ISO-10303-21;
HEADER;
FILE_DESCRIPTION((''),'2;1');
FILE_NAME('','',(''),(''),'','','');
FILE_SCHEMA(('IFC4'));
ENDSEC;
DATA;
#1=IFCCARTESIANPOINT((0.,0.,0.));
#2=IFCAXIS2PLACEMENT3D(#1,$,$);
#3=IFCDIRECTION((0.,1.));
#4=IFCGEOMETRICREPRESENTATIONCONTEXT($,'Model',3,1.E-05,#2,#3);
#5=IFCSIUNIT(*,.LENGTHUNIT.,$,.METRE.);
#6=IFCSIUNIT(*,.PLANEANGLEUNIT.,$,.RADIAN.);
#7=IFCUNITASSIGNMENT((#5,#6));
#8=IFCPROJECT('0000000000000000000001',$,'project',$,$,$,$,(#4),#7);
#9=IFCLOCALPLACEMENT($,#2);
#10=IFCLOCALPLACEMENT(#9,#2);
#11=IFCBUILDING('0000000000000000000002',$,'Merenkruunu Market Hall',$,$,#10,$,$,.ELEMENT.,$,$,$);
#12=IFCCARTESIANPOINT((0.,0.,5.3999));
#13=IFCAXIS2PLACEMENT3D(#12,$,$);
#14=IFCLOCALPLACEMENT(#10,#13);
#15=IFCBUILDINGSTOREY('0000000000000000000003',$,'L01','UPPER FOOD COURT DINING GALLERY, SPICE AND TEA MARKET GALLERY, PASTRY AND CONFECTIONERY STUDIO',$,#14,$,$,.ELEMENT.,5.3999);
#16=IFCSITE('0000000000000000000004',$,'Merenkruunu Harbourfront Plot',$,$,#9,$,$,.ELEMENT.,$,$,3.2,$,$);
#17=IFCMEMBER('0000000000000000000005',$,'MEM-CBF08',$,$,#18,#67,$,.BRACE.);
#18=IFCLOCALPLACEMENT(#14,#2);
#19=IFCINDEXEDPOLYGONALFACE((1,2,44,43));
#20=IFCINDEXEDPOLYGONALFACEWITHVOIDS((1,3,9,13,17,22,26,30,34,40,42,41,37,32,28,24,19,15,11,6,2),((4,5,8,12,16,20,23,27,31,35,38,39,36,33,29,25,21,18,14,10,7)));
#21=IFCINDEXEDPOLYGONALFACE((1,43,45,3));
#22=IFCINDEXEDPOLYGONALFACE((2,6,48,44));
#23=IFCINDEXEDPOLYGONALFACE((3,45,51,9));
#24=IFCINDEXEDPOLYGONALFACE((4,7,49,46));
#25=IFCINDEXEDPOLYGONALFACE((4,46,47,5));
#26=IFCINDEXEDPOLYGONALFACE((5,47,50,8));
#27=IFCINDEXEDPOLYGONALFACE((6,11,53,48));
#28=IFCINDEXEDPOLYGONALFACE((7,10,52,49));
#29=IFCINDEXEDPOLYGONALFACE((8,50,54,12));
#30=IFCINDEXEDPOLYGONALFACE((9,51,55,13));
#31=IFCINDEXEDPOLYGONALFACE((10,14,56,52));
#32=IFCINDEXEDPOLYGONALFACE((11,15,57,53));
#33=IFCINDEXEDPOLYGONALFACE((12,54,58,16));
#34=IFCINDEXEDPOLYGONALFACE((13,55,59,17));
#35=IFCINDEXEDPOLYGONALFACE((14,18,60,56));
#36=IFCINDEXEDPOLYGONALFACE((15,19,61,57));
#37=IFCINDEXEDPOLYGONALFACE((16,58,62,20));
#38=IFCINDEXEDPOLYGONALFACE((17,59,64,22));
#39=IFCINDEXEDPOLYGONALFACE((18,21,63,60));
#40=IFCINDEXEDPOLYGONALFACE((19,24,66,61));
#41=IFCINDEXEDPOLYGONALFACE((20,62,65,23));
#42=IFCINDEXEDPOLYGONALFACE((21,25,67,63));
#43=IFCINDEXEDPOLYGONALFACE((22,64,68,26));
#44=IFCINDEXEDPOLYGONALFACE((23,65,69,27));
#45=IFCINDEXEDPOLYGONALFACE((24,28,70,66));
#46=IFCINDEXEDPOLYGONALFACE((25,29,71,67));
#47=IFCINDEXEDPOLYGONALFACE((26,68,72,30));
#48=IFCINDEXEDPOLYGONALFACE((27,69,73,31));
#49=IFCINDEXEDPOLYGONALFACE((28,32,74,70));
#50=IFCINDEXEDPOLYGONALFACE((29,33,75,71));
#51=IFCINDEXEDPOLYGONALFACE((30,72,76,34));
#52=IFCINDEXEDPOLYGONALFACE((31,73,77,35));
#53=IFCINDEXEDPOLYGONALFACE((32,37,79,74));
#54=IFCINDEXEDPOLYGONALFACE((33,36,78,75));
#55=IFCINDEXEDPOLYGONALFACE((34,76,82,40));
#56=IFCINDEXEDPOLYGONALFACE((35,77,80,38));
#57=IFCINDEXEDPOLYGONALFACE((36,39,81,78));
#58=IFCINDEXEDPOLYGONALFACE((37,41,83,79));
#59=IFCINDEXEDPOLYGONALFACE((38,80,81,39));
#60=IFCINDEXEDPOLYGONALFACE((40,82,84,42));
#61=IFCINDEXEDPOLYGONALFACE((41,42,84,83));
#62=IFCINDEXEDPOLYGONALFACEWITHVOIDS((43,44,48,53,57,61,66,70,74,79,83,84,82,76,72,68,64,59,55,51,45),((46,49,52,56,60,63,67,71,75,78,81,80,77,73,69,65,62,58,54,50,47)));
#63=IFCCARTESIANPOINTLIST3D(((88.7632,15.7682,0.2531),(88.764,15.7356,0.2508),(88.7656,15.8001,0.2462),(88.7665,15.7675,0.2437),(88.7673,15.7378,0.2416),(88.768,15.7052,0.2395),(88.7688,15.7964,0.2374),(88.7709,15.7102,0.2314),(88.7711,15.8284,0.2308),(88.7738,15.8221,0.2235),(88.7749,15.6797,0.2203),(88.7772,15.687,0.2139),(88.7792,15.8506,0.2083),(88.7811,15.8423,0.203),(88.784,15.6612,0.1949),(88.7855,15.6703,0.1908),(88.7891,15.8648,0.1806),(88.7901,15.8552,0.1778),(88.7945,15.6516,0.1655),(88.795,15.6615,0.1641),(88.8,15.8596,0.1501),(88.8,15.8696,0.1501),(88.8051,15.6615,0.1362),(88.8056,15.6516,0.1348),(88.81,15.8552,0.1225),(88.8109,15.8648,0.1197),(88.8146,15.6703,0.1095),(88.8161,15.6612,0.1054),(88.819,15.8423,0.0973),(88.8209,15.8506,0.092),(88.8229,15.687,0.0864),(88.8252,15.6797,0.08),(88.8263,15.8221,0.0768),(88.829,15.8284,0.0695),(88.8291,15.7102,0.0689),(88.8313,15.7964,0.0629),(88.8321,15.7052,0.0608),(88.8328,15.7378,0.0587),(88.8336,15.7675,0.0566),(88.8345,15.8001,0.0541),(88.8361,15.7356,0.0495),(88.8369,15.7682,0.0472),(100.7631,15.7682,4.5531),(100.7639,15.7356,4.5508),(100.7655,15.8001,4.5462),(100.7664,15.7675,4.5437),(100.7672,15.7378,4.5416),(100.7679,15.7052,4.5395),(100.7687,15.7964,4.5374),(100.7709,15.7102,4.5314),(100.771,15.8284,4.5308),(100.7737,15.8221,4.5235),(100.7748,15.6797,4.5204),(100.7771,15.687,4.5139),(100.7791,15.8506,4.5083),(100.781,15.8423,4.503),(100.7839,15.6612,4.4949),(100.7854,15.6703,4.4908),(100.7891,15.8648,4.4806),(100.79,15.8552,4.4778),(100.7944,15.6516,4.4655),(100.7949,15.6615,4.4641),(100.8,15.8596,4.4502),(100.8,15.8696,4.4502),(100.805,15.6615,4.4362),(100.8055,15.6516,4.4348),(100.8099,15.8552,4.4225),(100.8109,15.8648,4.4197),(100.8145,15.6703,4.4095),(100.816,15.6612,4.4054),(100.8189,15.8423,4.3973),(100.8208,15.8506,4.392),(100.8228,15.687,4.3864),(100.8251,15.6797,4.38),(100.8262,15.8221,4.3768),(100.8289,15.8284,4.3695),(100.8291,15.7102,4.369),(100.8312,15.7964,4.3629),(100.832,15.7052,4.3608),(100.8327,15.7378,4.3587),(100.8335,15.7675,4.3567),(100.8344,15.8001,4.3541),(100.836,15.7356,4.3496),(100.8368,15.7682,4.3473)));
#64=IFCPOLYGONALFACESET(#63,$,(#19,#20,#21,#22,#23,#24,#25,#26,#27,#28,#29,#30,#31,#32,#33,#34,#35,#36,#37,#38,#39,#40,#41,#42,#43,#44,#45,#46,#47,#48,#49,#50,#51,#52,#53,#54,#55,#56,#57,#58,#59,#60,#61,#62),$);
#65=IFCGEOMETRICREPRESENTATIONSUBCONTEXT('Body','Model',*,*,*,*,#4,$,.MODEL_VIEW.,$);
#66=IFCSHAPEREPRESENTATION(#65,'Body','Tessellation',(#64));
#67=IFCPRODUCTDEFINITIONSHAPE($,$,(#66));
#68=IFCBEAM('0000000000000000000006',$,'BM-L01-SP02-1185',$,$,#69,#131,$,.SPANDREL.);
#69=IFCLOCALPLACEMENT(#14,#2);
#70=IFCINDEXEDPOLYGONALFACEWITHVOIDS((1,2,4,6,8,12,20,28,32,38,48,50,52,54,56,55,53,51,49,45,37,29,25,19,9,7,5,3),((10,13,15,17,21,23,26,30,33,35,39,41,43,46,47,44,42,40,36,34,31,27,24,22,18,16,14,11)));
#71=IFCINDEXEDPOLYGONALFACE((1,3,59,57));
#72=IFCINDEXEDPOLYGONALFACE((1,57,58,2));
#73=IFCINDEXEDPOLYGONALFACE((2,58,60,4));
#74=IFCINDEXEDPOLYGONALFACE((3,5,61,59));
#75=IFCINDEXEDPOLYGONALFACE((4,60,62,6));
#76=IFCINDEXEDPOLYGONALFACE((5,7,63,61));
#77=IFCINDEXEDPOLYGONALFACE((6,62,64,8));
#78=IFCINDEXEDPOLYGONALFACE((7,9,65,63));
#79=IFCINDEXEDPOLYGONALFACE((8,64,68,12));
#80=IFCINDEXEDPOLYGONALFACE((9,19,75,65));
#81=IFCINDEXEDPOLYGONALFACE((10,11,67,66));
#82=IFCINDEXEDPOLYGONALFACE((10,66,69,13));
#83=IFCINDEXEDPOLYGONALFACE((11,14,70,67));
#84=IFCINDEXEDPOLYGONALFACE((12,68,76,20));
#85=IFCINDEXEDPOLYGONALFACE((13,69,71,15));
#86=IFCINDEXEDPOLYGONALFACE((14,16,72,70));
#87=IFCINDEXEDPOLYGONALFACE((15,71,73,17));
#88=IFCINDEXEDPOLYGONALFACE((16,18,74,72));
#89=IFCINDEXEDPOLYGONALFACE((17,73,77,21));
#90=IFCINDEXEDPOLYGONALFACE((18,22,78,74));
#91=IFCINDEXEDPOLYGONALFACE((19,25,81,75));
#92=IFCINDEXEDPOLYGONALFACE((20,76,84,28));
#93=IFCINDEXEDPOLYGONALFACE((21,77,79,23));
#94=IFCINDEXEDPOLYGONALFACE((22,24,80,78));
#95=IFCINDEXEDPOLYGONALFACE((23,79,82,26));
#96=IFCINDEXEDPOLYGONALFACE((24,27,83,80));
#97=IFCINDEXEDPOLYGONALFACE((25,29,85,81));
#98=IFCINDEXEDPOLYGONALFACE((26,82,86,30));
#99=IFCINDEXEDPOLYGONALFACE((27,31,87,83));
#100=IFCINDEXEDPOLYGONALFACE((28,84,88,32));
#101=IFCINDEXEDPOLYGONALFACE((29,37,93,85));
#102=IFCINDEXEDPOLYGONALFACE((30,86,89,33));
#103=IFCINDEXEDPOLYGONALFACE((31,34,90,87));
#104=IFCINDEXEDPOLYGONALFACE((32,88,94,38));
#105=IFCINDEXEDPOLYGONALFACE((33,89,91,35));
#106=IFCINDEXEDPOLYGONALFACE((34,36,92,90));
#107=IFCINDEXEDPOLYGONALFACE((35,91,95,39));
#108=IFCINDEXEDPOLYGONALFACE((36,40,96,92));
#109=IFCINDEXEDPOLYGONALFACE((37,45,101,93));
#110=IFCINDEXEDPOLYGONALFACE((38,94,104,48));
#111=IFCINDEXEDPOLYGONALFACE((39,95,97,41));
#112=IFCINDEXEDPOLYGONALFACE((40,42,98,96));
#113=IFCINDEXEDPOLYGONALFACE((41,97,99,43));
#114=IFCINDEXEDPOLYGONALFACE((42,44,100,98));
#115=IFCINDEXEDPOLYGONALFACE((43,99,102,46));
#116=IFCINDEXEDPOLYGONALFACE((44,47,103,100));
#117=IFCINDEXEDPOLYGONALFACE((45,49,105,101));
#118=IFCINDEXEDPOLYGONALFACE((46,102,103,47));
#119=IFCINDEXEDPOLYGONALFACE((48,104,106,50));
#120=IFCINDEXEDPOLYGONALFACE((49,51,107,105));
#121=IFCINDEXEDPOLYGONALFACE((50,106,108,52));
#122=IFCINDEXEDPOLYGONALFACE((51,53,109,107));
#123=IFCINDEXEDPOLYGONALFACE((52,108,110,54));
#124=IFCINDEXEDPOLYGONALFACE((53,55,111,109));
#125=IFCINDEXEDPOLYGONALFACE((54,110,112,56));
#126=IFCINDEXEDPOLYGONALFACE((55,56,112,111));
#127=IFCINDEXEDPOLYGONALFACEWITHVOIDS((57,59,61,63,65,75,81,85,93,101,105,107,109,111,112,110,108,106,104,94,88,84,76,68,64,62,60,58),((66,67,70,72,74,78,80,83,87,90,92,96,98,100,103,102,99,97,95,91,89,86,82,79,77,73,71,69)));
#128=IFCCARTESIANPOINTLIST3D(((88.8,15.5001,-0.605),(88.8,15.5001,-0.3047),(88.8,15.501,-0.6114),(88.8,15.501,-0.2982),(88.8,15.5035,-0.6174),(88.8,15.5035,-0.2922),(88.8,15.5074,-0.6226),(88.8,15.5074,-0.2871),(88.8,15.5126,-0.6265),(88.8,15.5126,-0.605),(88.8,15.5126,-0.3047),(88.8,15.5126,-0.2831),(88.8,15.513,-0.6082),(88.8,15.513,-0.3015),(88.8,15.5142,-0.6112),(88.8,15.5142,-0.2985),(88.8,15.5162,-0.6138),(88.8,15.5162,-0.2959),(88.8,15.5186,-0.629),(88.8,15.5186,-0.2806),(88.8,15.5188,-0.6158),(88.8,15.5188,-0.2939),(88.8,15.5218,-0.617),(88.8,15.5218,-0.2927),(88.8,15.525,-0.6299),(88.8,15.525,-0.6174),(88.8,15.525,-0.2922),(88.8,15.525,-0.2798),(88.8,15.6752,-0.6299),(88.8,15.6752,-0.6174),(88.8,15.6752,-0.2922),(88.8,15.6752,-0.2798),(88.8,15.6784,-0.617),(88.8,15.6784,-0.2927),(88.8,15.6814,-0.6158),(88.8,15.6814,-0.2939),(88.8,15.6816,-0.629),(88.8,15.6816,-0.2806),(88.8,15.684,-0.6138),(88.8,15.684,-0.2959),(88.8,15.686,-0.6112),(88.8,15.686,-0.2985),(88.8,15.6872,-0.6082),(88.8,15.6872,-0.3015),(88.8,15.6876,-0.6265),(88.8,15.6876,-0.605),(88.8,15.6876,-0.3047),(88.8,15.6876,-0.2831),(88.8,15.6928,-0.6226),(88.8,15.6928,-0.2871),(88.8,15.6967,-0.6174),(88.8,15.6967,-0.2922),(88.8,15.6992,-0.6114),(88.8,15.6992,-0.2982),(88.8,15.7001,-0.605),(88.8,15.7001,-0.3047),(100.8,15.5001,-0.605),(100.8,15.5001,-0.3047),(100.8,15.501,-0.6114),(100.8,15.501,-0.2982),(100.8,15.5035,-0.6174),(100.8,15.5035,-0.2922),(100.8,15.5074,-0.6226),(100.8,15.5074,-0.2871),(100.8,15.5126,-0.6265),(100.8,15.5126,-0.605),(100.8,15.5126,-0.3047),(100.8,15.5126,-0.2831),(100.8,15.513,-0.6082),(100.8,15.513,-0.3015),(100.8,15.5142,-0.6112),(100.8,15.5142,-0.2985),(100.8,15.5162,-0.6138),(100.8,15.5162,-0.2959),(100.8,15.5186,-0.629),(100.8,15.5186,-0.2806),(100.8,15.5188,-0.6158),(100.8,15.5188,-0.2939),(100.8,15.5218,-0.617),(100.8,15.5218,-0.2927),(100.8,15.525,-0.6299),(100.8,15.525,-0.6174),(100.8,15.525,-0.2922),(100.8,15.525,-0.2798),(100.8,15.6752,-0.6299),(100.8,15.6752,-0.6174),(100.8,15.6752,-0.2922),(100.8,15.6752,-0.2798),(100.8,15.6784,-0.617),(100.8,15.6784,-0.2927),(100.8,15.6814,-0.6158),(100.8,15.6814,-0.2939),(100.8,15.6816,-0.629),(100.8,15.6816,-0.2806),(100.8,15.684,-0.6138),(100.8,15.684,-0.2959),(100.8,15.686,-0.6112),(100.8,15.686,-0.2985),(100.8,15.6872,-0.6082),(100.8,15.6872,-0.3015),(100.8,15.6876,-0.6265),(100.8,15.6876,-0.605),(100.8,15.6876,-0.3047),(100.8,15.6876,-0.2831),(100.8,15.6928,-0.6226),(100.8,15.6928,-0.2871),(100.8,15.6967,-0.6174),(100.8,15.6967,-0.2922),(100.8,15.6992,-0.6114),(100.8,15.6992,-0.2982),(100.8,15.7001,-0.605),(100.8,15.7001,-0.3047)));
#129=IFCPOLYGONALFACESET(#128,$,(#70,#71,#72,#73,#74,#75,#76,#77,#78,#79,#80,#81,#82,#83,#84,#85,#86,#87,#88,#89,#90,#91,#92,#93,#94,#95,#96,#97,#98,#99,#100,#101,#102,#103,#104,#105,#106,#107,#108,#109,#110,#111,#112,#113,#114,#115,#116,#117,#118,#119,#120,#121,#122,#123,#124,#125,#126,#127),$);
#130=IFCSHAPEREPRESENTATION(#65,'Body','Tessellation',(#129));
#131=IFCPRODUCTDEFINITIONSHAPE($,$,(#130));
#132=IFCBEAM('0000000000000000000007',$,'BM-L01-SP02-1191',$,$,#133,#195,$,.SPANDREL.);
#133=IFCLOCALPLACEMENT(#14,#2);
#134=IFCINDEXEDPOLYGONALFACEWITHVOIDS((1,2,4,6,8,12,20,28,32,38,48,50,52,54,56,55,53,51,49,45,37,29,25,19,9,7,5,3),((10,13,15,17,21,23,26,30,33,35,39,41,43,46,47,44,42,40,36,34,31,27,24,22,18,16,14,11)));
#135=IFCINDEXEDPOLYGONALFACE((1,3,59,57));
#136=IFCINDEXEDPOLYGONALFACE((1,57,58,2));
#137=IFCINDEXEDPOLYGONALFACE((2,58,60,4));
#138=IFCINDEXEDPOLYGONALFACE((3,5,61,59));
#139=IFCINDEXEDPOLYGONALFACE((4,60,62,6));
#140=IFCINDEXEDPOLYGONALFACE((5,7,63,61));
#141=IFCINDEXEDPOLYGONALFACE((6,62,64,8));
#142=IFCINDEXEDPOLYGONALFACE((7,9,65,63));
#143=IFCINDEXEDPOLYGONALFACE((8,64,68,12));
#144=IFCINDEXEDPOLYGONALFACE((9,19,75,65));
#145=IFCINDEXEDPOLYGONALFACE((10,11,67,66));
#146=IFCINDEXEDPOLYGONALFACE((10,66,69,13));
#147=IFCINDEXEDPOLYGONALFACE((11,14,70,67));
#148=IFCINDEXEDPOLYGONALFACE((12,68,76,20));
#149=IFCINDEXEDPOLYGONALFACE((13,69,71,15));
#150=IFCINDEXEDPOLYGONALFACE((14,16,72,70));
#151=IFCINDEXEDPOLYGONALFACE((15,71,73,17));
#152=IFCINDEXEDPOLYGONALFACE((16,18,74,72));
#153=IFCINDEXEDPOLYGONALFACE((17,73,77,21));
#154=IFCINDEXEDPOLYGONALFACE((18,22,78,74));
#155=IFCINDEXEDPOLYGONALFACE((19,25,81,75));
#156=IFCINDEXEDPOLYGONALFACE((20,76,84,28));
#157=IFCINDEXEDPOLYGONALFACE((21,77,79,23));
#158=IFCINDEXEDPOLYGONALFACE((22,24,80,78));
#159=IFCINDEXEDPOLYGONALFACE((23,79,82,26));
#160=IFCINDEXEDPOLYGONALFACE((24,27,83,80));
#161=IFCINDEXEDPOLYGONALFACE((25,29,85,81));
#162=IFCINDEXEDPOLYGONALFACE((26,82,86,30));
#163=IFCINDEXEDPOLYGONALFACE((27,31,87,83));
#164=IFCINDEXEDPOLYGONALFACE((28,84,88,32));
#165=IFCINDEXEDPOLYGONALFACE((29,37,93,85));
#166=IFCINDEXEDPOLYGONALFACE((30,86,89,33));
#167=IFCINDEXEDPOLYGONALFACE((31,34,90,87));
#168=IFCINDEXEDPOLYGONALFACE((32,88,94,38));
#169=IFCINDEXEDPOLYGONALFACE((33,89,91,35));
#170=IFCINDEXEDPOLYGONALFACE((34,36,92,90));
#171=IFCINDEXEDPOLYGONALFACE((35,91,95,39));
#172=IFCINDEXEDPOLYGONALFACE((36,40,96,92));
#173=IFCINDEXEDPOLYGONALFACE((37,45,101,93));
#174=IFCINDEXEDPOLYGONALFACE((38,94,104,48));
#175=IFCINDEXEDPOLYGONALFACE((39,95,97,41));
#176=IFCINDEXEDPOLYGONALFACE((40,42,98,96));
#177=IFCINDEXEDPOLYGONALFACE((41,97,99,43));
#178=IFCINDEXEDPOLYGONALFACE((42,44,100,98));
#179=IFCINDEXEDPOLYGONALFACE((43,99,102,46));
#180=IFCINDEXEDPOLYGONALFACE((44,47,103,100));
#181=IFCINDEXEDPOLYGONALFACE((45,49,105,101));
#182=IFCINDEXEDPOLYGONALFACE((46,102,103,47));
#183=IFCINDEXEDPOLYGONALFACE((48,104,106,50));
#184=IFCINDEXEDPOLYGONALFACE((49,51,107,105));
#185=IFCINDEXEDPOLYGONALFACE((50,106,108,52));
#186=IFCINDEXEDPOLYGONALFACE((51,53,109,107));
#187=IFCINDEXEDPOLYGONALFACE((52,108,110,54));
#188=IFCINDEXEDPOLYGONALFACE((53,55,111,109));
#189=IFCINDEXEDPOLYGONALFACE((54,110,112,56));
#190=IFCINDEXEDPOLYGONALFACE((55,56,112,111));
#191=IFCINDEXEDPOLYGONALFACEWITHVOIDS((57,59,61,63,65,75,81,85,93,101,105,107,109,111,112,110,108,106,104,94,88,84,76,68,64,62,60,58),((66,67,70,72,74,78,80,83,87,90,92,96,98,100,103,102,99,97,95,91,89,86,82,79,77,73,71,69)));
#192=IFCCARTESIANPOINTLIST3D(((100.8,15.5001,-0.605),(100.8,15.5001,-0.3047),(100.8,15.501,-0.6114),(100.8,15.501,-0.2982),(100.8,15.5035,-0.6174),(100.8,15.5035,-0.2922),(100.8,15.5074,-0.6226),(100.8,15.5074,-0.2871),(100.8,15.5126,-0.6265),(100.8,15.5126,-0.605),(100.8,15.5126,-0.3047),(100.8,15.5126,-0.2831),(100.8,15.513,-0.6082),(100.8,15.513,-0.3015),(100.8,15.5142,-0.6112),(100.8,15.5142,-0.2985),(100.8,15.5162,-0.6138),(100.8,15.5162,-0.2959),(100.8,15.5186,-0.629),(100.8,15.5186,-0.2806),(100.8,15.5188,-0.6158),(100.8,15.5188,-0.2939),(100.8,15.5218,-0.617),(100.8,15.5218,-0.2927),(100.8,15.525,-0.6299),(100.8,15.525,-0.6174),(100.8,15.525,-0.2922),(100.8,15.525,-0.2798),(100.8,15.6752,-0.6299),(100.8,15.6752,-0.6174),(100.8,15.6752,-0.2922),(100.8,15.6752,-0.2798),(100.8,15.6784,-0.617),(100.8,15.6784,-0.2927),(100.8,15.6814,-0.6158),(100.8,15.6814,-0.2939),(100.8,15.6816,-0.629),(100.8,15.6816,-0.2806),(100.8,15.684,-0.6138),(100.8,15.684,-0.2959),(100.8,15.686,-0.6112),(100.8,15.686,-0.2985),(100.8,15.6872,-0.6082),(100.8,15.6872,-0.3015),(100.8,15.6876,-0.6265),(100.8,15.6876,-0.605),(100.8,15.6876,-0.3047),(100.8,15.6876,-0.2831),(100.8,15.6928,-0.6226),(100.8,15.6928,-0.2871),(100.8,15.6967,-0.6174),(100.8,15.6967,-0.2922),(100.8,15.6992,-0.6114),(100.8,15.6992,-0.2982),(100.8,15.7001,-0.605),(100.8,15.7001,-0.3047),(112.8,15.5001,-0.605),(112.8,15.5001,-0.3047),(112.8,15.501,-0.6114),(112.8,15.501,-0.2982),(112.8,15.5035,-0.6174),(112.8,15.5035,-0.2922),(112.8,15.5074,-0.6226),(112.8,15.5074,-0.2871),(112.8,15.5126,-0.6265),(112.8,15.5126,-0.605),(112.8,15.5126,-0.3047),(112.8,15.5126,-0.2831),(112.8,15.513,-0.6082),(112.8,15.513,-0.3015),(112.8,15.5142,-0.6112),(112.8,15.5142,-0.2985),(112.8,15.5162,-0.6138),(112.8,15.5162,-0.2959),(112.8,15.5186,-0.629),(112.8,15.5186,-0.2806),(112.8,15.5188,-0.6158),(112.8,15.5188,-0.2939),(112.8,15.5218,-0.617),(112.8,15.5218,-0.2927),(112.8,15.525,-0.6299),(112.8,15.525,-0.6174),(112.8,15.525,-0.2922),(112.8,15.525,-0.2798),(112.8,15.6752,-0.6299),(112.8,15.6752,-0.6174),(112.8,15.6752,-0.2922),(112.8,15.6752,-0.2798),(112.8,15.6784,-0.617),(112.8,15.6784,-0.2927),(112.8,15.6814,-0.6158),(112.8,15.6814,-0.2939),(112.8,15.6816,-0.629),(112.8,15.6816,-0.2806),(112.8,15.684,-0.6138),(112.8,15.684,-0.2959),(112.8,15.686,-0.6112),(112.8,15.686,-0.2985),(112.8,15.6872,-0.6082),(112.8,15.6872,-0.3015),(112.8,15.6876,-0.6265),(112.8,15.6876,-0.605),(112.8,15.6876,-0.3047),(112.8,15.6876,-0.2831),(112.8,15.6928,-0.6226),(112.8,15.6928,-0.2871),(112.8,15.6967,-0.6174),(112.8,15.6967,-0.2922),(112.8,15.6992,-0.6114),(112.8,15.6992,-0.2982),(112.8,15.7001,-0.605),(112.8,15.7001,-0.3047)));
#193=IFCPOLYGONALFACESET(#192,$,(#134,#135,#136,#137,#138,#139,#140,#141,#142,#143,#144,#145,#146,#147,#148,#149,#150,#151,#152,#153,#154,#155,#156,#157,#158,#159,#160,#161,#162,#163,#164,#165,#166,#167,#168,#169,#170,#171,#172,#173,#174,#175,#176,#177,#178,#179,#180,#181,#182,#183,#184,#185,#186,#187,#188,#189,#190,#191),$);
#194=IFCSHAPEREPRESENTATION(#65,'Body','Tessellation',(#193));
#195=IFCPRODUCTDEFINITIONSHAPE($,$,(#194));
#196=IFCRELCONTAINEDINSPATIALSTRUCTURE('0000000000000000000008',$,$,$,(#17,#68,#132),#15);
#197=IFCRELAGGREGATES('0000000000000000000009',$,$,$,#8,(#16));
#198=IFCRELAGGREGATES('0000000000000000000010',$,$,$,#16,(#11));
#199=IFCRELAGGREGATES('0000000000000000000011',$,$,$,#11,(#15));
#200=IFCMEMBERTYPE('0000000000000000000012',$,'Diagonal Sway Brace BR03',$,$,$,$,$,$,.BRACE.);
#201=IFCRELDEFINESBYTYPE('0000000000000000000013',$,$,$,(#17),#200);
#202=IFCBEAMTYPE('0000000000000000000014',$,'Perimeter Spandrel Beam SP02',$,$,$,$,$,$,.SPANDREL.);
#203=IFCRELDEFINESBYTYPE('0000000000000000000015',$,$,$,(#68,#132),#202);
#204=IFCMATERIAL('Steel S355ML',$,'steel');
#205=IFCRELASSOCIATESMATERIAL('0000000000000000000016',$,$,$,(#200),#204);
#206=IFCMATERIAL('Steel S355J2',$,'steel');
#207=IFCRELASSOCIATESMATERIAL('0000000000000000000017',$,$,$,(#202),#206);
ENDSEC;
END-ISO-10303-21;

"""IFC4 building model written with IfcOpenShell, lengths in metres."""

from ifc_helpers import new_model, si_unit, direction, frame, origin, origin_2d, place, context, subcontext, project, spatial, hollow_rectangle, hollow_circle, extrude, material, material_profile, profile_set, type_object, element, save


model = new_model("IFC4")

# Units and contexts
model_context = context("Model", 3, precision=1e-05, world=origin(), true_north=direction((0.0, 1.0)))
body_context = subcontext(model_context, "Body", "Model", "MODEL_VIEW")
ifc_project = project(units=[si_unit("LENGTHUNIT", "METRE"), si_unit("PLANEANGLEUNIT", "RADIAN")], contexts=[model_context])

# Site, building, storey
site_placement = place(None, origin())
site = spatial("IfcSite", under=ifc_project, at=site_placement, Name="Merenkruunu Harbourfront Plot", CompositionType="ELEMENT", RefElevation=3.2)
building_placement = place(site_placement, origin())
building = spatial("IfcBuilding", under=site, at=building_placement, Name="Merenkruunu Market Hall", CompositionType="ELEMENT")
storey_placement = place(building_placement, frame((0.0, 0.0, 5.3999)))
storey = spatial("IfcBuildingStorey", under=building, at=storey_placement, Name="L01", Description="UPPER FOOD COURT DINING GALLERY, SPICE AND TEA MARKET GALLERY, PASTRY AND CONFECTIONERY STUDIO", CompositionType="ELEMENT", Elevation=5.3999)

# Shared definitions
ifc_material_1 = material(Name="Steel S355J2", Category="steel")

# Member
ifc_material_2 = material(Name="Steel S355ML", Category="steel")
ifc_material_profile_1 = material_profile(ifc_material_2, hollow_circle(Radius=0.1096, WallThickness=0.01, at=origin_2d()), Name="CHS 219.1x10")
ifc_profile_set_1 = profile_set([ifc_material_profile_1], Name="Steel S355ML")
member_type_1 = type_object("IfcMemberType", Name="Diagonal Sway Brace BR03", PredefinedType="BRACE", material=ifc_profile_set_1)
member_1_placement = place(storey_placement, frame((88.8, 15.76, 0.1501), z_axis=(0.941385, 0.0, 0.337334), x_axis=(0.0, 1.0, 0.0)))
element("IfcMember", 1, at=member_1_placement, inside=storey, type_object=member_type_1, Name="MEM-CBF08", PredefinedType="BRACE", context=body_context, shape_type="SweptSolid", body=[
    extrude(hollow_circle(Radius=0.1096, WallThickness=0.01, at=origin_2d()), origin(), (0.0, 0.0, 1.0), 12.7471),
])

# Beams
ifc_material_profile_2 = material_profile(ifc_material_1, hollow_rectangle(XDim=0.2, YDim=0.3501, WallThickness=0.0125, InnerFilletRadius=0.0125, OuterFilletRadius=0.0249, at=origin_2d()), Name="RHS 350x200x12.5")
ifc_profile_set_2 = profile_set([ifc_material_profile_2], Name="Steel S355J2")
beam_type_1 = type_object("IfcBeamType", Name="Perimeter Spandrel Beam SP02", PredefinedType="SPANDREL", material=ifc_profile_set_2)
for number, where, z_axis, x_axis, name in (
    (2, (88.8, 15.6001, -0.4548), (1.0, 0.0, 0.0), (0.0, 1.0, 0.0), "BM-L01-SP02-1185"),
    (3, (100.8, 15.6001, -0.4548), (1.0, 0.0, 0.0), (0.0, 1.0, 0.0), "BM-L01-SP02-1191"),
):
    element("IfcBeam", number, at=place(storey_placement, frame(where, z_axis=z_axis, x_axis=x_axis)), inside=storey, type_object=beam_type_1, Name=name, PredefinedType="SPANDREL", context=body_context, shape_type="SweptSolid", body=[
        extrude(hollow_rectangle(XDim=0.2, YDim=0.3501, WallThickness=0.0125, InnerFilletRadius=0.0125, OuterFilletRadius=0.0249, at=origin_2d()), origin(), (0.0, 0.0, 1.0), 12.0),
    ])

save(model, "model.ifc")
